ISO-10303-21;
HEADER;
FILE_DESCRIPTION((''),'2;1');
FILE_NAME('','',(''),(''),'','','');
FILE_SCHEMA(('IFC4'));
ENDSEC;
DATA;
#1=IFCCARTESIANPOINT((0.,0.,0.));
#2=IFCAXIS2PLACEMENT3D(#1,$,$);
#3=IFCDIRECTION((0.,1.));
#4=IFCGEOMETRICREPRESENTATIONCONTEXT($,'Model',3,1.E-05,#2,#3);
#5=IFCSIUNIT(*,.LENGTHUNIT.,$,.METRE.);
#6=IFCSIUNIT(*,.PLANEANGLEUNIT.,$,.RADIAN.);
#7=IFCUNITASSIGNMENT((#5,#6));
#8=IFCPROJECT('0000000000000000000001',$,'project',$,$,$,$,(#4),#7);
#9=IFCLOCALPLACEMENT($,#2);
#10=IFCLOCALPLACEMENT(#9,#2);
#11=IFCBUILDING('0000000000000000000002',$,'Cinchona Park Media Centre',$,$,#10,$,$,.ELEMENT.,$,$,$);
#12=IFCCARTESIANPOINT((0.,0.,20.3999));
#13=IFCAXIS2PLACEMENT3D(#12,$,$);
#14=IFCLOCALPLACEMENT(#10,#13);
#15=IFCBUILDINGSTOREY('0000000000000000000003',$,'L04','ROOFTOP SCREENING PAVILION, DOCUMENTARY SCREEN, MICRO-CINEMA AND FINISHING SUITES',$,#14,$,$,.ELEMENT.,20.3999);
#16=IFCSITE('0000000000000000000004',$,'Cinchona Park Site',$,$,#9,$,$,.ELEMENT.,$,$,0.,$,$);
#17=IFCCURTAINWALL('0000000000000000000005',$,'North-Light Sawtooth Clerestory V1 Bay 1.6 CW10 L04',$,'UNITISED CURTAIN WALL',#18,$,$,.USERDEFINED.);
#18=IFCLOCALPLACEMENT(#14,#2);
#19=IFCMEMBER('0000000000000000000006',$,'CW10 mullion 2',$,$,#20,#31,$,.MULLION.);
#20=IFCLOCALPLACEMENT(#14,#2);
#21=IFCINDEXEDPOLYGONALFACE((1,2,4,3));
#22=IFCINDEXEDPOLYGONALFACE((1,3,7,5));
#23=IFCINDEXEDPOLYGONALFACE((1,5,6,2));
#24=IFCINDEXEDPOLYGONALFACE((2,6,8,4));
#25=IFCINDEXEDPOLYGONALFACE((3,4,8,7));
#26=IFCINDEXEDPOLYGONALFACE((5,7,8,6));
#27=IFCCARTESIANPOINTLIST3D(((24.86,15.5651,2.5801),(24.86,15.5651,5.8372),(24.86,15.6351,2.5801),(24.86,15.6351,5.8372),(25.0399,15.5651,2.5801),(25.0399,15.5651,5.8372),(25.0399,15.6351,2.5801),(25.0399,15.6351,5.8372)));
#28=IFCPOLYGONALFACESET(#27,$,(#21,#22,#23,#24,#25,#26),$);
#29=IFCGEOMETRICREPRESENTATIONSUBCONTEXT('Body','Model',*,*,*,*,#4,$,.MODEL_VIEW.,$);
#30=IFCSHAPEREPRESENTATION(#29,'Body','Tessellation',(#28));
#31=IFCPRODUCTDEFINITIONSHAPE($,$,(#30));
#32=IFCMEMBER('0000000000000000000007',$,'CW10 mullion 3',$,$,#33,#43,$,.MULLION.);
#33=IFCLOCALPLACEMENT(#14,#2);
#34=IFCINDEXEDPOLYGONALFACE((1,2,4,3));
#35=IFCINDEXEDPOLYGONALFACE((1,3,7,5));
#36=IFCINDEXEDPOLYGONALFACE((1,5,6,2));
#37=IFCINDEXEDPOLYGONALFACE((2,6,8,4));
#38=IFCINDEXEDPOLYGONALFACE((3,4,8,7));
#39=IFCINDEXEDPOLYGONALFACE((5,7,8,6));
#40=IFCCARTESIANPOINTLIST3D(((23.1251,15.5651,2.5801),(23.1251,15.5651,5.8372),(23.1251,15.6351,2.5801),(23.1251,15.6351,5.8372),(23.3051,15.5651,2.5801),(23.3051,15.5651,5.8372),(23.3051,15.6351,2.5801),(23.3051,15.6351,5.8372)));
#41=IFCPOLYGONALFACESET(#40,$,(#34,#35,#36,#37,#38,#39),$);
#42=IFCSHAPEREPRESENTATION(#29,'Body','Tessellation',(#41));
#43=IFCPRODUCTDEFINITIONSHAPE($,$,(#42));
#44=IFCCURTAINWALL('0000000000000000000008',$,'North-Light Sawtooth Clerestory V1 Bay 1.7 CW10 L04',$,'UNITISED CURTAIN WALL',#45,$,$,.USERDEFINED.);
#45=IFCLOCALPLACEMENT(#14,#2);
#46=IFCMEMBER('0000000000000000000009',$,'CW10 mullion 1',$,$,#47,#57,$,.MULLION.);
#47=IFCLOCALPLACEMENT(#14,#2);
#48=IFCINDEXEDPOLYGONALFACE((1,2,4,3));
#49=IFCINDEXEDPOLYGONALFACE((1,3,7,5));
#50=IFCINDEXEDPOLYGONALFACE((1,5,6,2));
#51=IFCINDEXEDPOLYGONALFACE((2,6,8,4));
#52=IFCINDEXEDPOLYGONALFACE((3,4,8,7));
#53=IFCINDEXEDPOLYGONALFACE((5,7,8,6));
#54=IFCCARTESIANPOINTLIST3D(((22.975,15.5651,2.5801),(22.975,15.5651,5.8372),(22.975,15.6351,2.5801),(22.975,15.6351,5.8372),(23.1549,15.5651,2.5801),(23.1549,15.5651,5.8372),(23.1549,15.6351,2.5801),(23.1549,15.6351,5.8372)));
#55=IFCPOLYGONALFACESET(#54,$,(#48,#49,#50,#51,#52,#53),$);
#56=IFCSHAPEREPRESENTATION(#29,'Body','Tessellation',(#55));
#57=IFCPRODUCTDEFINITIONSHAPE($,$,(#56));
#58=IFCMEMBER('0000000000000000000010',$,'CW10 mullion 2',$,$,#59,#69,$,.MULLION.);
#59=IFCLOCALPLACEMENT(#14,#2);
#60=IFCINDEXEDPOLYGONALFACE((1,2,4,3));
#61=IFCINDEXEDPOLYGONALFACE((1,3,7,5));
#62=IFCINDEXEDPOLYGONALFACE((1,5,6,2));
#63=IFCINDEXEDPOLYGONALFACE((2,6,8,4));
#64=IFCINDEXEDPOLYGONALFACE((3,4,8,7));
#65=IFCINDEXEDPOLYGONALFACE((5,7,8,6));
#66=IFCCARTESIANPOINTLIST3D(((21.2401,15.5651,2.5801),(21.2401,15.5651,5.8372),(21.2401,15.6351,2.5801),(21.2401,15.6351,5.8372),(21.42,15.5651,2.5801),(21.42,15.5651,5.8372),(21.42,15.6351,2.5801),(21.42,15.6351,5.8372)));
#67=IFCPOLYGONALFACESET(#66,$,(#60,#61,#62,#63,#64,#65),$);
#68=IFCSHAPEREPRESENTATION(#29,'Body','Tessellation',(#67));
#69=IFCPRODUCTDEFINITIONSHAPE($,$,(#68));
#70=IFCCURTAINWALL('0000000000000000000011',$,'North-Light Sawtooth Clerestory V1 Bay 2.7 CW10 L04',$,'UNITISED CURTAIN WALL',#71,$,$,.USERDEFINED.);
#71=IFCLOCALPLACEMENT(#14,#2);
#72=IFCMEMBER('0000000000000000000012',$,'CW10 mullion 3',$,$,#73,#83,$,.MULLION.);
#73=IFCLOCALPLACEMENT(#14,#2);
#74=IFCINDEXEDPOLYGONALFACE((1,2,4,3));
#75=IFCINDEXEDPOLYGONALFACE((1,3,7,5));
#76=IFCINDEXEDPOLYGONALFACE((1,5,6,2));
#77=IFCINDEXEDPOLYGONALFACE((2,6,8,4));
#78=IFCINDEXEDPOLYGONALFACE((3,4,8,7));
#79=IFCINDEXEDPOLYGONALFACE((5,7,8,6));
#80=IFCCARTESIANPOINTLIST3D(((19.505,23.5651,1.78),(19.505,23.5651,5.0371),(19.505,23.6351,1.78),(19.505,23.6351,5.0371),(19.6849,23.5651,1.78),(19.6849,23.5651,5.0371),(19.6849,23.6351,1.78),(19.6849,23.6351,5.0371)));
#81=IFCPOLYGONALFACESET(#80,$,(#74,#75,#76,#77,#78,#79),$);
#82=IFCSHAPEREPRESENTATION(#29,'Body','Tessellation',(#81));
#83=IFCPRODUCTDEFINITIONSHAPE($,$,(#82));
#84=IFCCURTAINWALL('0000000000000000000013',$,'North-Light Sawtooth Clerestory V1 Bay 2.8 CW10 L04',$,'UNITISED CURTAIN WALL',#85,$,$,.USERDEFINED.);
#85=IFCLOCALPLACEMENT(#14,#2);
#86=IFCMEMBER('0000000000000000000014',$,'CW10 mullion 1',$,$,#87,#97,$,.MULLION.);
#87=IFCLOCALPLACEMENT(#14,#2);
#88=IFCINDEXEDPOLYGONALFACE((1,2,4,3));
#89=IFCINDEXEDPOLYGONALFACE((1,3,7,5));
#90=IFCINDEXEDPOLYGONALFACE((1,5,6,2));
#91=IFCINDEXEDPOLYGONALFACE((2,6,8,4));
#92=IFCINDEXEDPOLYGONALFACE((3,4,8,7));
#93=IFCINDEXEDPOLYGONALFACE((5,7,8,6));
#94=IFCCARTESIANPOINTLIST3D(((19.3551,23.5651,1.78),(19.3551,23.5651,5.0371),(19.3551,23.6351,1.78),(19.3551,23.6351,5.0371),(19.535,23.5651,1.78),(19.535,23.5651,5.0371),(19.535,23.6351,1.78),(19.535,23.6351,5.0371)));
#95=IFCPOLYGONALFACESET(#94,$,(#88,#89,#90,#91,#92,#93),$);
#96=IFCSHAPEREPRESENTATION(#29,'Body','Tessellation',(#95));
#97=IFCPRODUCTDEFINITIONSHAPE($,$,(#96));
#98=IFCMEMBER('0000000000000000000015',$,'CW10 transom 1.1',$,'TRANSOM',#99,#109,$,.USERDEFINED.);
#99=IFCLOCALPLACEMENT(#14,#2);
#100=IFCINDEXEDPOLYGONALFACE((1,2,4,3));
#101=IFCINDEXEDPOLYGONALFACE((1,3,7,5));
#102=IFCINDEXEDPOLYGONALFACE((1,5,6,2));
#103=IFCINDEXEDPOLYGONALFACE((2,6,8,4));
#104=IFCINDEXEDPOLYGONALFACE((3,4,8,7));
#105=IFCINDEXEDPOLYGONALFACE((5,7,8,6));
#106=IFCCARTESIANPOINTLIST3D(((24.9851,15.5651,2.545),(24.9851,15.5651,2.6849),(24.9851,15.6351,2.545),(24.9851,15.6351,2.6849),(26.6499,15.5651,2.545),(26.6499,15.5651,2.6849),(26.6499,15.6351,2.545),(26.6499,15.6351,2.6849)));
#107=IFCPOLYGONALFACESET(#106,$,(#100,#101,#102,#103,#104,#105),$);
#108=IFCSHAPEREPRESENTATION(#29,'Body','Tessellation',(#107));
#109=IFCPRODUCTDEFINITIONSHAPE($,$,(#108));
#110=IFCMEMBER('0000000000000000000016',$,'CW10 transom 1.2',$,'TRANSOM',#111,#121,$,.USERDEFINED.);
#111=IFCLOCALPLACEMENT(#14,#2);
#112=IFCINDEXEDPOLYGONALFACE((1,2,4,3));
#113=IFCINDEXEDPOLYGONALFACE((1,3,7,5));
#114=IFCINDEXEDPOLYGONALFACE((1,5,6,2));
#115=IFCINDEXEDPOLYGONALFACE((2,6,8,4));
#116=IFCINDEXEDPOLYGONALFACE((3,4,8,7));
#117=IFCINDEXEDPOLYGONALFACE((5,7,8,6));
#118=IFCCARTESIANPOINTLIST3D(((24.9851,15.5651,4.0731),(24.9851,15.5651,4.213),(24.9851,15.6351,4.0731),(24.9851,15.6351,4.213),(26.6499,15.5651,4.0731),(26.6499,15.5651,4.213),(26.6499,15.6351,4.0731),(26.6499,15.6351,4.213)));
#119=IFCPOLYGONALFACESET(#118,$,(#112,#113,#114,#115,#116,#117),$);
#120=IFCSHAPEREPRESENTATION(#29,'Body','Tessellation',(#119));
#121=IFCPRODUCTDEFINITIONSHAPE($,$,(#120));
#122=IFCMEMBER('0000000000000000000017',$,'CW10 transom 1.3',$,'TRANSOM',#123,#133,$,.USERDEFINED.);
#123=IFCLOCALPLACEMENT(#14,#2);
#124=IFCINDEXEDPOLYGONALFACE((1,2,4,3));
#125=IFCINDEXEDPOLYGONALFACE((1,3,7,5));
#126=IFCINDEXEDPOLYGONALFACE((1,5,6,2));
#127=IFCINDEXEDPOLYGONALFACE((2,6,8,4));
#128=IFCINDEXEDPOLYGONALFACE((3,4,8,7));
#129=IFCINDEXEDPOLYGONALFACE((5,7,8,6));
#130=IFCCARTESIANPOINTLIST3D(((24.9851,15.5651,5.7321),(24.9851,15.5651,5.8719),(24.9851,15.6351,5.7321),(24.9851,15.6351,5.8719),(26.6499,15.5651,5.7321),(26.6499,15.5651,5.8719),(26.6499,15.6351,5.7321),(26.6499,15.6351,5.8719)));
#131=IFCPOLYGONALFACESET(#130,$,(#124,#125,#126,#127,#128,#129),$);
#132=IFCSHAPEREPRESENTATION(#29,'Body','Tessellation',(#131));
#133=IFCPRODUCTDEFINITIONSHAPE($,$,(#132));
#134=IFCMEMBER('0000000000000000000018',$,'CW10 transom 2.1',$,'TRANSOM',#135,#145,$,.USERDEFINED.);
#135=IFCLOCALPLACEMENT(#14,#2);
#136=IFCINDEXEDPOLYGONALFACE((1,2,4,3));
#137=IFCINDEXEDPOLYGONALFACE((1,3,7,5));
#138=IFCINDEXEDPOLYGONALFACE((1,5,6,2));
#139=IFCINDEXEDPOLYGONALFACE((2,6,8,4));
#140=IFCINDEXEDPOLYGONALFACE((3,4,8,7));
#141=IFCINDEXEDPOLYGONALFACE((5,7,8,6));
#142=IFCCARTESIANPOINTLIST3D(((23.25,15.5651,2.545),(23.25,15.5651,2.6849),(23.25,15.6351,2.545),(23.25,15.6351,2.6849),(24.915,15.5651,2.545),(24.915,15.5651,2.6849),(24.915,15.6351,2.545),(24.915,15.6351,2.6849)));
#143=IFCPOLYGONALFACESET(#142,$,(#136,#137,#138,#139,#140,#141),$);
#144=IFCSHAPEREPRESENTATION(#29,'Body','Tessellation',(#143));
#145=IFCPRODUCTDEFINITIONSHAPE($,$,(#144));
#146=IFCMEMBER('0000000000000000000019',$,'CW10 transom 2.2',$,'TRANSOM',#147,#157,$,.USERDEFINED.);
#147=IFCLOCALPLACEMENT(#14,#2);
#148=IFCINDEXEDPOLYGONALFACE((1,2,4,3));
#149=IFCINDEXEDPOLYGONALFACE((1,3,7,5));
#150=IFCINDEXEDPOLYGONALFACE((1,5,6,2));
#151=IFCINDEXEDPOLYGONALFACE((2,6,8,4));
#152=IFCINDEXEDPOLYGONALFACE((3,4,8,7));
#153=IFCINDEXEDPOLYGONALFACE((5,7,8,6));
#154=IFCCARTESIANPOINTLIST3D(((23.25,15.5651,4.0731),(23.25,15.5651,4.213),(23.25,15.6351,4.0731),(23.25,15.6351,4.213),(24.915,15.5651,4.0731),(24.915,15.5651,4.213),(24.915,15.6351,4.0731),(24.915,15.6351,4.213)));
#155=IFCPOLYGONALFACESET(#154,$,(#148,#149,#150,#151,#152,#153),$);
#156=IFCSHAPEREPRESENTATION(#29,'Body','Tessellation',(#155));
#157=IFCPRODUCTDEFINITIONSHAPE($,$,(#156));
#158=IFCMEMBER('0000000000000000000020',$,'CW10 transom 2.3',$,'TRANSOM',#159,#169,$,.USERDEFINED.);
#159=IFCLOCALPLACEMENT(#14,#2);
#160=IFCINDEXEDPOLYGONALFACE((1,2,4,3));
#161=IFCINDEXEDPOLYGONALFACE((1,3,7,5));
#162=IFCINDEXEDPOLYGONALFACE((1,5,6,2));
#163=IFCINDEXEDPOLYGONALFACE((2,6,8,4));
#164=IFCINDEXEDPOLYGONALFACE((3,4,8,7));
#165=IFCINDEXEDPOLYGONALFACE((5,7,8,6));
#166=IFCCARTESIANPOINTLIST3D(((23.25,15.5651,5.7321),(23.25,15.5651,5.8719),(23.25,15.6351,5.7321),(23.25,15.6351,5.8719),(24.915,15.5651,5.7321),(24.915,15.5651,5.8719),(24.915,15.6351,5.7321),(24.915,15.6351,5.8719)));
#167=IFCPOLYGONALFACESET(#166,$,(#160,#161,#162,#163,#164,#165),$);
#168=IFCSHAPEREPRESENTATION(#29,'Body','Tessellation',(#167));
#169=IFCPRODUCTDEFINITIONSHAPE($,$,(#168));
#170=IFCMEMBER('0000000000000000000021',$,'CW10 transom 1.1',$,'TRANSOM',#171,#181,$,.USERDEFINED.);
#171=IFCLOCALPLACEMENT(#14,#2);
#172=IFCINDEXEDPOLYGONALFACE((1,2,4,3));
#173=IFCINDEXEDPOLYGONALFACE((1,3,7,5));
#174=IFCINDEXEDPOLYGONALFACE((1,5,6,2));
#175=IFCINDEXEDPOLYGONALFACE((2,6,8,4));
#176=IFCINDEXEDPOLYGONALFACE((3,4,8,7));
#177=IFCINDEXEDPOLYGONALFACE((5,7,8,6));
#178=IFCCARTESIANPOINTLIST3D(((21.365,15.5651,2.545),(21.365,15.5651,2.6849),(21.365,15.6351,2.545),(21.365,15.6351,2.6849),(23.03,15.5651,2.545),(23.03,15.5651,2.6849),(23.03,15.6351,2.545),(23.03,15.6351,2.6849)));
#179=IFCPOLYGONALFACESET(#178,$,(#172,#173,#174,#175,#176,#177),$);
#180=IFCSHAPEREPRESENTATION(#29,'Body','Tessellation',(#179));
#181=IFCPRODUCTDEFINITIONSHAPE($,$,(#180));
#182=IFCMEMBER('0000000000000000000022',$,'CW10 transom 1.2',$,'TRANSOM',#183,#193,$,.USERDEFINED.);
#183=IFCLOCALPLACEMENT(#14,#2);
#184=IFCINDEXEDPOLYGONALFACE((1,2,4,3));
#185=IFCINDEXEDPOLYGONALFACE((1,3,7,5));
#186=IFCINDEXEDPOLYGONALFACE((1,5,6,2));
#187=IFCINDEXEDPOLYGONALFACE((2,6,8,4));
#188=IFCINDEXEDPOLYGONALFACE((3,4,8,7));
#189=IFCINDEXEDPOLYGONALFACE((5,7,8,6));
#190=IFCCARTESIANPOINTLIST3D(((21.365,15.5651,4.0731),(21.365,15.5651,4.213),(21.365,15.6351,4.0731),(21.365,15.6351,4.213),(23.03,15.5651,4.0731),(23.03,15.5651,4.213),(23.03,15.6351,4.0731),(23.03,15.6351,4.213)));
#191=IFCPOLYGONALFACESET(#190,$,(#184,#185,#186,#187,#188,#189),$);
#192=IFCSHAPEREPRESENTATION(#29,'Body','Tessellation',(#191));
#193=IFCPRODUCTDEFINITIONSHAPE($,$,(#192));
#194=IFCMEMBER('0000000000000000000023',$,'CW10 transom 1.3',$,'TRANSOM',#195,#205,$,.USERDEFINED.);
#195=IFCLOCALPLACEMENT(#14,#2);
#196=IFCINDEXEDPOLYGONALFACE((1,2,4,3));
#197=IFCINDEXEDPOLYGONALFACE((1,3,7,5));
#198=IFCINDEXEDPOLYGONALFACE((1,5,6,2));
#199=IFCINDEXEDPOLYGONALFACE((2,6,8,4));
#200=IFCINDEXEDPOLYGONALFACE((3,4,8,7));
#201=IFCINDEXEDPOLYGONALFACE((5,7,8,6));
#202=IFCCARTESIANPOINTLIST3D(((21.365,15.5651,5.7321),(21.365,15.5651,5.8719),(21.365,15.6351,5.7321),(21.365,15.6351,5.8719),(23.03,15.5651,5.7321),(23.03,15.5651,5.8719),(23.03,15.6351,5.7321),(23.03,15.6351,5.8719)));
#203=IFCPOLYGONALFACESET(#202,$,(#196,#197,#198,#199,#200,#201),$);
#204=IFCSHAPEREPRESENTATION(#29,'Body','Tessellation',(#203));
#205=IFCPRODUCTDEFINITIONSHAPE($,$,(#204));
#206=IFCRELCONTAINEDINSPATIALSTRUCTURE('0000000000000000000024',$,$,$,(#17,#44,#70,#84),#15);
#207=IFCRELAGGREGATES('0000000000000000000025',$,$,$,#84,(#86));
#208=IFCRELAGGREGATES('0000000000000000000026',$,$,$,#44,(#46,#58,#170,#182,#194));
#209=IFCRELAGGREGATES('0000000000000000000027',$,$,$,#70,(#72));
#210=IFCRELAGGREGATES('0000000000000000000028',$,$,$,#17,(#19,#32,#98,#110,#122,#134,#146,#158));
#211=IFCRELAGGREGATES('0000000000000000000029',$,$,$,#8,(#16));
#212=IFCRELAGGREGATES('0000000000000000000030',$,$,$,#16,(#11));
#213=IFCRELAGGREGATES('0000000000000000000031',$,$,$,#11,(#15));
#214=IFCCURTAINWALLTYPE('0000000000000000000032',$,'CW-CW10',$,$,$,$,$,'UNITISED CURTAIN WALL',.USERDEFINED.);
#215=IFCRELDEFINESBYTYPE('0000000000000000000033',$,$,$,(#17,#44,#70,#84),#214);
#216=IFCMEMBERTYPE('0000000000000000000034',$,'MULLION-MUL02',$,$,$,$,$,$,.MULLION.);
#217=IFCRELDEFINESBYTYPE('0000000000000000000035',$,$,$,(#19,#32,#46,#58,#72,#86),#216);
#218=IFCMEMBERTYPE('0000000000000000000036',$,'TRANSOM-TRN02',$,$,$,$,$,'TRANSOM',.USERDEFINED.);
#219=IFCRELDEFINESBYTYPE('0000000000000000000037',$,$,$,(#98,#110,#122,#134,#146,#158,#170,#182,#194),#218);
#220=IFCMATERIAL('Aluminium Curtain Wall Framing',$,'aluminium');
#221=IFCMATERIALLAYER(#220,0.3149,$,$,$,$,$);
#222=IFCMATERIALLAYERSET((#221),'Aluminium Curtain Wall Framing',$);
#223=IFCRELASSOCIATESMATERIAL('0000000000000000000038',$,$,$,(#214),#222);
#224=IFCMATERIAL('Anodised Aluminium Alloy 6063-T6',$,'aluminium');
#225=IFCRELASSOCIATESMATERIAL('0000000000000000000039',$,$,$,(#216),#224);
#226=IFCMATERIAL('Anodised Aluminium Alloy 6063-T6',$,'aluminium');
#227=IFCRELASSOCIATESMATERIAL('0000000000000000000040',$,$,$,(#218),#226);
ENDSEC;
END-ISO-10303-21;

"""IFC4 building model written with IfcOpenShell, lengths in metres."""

from ifc_helpers import new_model, si_unit, direction, frame, origin, origin_2d, place, context, subcontext, project, spatial, rectangle, extrude, material, layer, layer_set, material_profile, profile_set, type_object, element, aggregate, save


model = new_model("IFC4")

# Units and contexts
model_context = context("Model", 3, precision=1e-05, world=origin(), true_north=direction((0.0, 1.0)))
body_context = subcontext(model_context, "Body", "Model", "MODEL_VIEW")
ifc_project = project(units=[si_unit("LENGTHUNIT", "METRE"), si_unit("PLANEANGLEUNIT", "RADIAN")], contexts=[model_context])

# Site, building, storey
site_placement = place(None, origin())
site = spatial("IfcSite", under=ifc_project, at=site_placement, Name="Cinchona Park Site", CompositionType="ELEMENT", RefElevation=0.0)
building_placement = place(site_placement, origin())
building = spatial("IfcBuilding", under=site, at=building_placement, Name="Cinchona Park Media Centre", CompositionType="ELEMENT")
storey_placement = place(building_placement, frame((0.0, 0.0, 20.3999)))
storey = spatial("IfcBuildingStorey", under=building, at=storey_placement, Name="L04", Description="ROOFTOP SCREENING PAVILION, DOCUMENTARY SCREEN, MICRO-CINEMA AND FINISHING SUITES", CompositionType="ELEMENT", Elevation=20.3999)

# Curtain walls, members
ifc_material_1 = material(Name="Aluminium Curtain Wall Framing", Category="aluminium")
ifc_layer_1 = layer(ifc_material_1, 0.3149)
ifc_layer_set_1 = layer_set([ifc_layer_1], Name="Aluminium Curtain Wall Framing")
curtain_wall_type = type_object("IfcCurtainWallType", Name="CW-CW10", ElementType="UNITISED CURTAIN WALL", PredefinedType="USERDEFINED", material=ifc_layer_set_1)
curtain_wall_1_placement = place(storey_placement, origin())
curtain_wall_1 = element("IfcCurtainWall", 1, at=curtain_wall_1_placement, inside=storey, type_object=curtain_wall_type, Name="North-Light Sawtooth Clerestory V1 Bay 1.6 CW10 L04", ObjectType="UNITISED CURTAIN WALL", PredefinedType="USERDEFINED")
ifc_material_2 = material(Name="Anodised Aluminium Alloy 6063-T6", Category="aluminium")
ifc_material_profile_1 = material_profile(ifc_material_2, rectangle(XDim=0.0701, YDim=0.1799, at=origin_2d()), Name="MUL-70X180")
ifc_profile_set_1 = profile_set([ifc_material_profile_1], Name="Anodised Aluminium Alloy 6063-T6")
member_type_1 = type_object("IfcMemberType", Name="MULLION-MUL02", PredefinedType="MULLION", material=ifc_profile_set_1)
member_1_placement = place(storey_placement, frame((24.95, 15.6001, 2.5801), z_axis=(0.0, 0.0, 1.0), x_axis=(0.0, -1.0, 0.0)))
member_1 = element("IfcMember", 2, at=member_1_placement, type_object=member_type_1, Name="CW10 mullion 2", PredefinedType="MULLION", context=body_context, shape_type="SweptSolid", body=[
    extrude(rectangle(XDim=0.0701, YDim=0.1799, at=origin_2d()), origin(), (0.0, 0.0, 1.0), 3.2571),
])
member_2_placement = place(storey_placement, frame((23.2151, 15.6001, 2.5801), z_axis=(0.0, 0.0, 1.0), x_axis=(0.0, -1.0, 0.0)))
member_2 = element("IfcMember", 3, at=member_2_placement, type_object=member_type_1, Name="CW10 mullion 3", PredefinedType="MULLION", context=body_context, shape_type="SweptSolid", body=[
    extrude(rectangle(XDim=0.0701, YDim=0.1799, at=origin_2d()), origin(), (0.0, 0.0, 1.0), 3.2571),
])
curtain_wall_2_placement = place(storey_placement, origin())
curtain_wall_2 = element("IfcCurtainWall", 4, at=curtain_wall_2_placement, inside=storey, type_object=curtain_wall_type, Name="North-Light Sawtooth Clerestory V1 Bay 1.7 CW10 L04", ObjectType="UNITISED CURTAIN WALL", PredefinedType="USERDEFINED")
member_3_placement = place(storey_placement, frame((23.0649, 15.6001, 2.5801), z_axis=(0.0, 0.0, 1.0), x_axis=(0.0, -1.0, 0.0)))
member_3 = element("IfcMember", 5, at=member_3_placement, type_object=member_type_1, Name="CW10 mullion 1", PredefinedType="MULLION", context=body_context, shape_type="SweptSolid", body=[
    extrude(rectangle(XDim=0.0701, YDim=0.1799, at=origin_2d()), origin(), (0.0, 0.0, 1.0), 3.2571),
])
member_4_placement = place(storey_placement, frame((21.3301, 15.6001, 2.5801), z_axis=(0.0, 0.0, 1.0), x_axis=(0.0, -1.0, 0.0)))
member_4 = element("IfcMember", 6, at=member_4_placement, type_object=member_type_1, Name="CW10 mullion 2", PredefinedType="MULLION", context=body_context, shape_type="SweptSolid", body=[
    extrude(rectangle(XDim=0.0701, YDim=0.1799, at=origin_2d()), origin(), (0.0, 0.0, 1.0), 3.2571),
])

# Curtain walls, members
curtain_wall_3_placement = place(storey_placement, origin())
curtain_wall_3 = element("IfcCurtainWall", 7, at=curtain_wall_3_placement, inside=storey, type_object=curtain_wall_type, Name="North-Light Sawtooth Clerestory V1 Bay 2.7 CW10 L04", ObjectType="UNITISED CURTAIN WALL", PredefinedType="USERDEFINED")
member_5_placement = place(storey_placement, frame((19.595, 23.6001, 1.78), z_axis=(0.0, 0.0, 1.0), x_axis=(0.0, -1.0, 0.0)))
member_5 = element("IfcMember", 8, at=member_5_placement, type_object=member_type_1, Name="CW10 mullion 3", PredefinedType="MULLION", context=body_context, shape_type="SweptSolid", body=[
    extrude(rectangle(XDim=0.0701, YDim=0.1799, at=origin_2d()), origin(), (0.0, 0.0, 1.0), 3.2571),
])
curtain_wall_4_placement = place(storey_placement, origin())
curtain_wall_4 = element("IfcCurtainWall", 9, at=curtain_wall_4_placement, inside=storey, type_object=curtain_wall_type, Name="North-Light Sawtooth Clerestory V1 Bay 2.8 CW10 L04", ObjectType="UNITISED CURTAIN WALL", PredefinedType="USERDEFINED")
member_6_placement = place(storey_placement, frame((19.4451, 23.6001, 1.78), z_axis=(0.0, 0.0, 1.0), x_axis=(0.0, -1.0, 0.0)))
member_6 = element("IfcMember", 10, at=member_6_placement, type_object=member_type_1, Name="CW10 mullion 1", PredefinedType="MULLION", context=body_context, shape_type="SweptSolid", body=[
    extrude(rectangle(XDim=0.0701, YDim=0.1799, at=origin_2d()), origin(), (0.0, 0.0, 1.0), 3.2571),
])

# Members
ifc_material_3 = material(Name="Anodised Aluminium Alloy 6063-T6", Category="aluminium")
ifc_material_profile_2 = material_profile(ifc_material_3, rectangle(XDim=0.0701, YDim=0.1399, at=origin_2d()), Name="TRN-70X140")
ifc_profile_set_2 = profile_set([ifc_material_profile_2], Name="Anodised Aluminium Alloy 6063-T6")
member_type_2 = type_object("IfcMemberType", Name="TRANSOM-TRN02", ElementType="TRANSOM", PredefinedType="USERDEFINED", material=ifc_profile_set_2)
member_7_placement = place(storey_placement, frame((26.6499, 15.6001, 2.615), z_axis=(-1.0, 0.0, 0.0), x_axis=(0.0, -1.0, 0.0)))
member_7 = element("IfcMember", 11, at=member_7_placement, type_object=member_type_2, Name="CW10 transom 1.1", ObjectType="TRANSOM", PredefinedType="USERDEFINED", context=body_context, shape_type="SweptSolid", body=[
    extrude(rectangle(XDim=0.0701, YDim=0.1399, at=origin_2d()), origin(), (0.0, 0.0, 1.0), 1.6648),
])
member_8_placement = place(storey_placement, frame((26.6499, 15.6001, 4.1431), z_axis=(-1.0, 0.0, 0.0), x_axis=(0.0, -1.0, 0.0)))
member_8 = element("IfcMember", 12, at=member_8_placement, type_object=member_type_2, Name="CW10 transom 1.2", ObjectType="TRANSOM", PredefinedType="USERDEFINED", context=body_context, shape_type="SweptSolid", body=[
    extrude(rectangle(XDim=0.0701, YDim=0.1399, at=origin_2d()), origin(), (0.0, 0.0, 1.0), 1.6648),
])
member_9_placement = place(storey_placement, frame((26.6499, 15.6001, 5.802), z_axis=(-1.0, 0.0, 0.0), x_axis=(0.0, -1.0, 0.0)))
member_9 = element("IfcMember", 13, at=member_9_placement, type_object=member_type_2, Name="CW10 transom 1.3", ObjectType="TRANSOM", PredefinedType="USERDEFINED", context=body_context, shape_type="SweptSolid", body=[
    extrude(rectangle(XDim=0.0701, YDim=0.1399, at=origin_2d()), origin(), (0.0, 0.0, 1.0), 1.6648),
])
member_10_placement = place(storey_placement, frame((24.915, 15.6001, 2.615), z_axis=(-1.0, 0.0, 0.0), x_axis=(0.0, -1.0, 0.0)))
member_10 = element("IfcMember", 14, at=member_10_placement, type_object=member_type_2, Name="CW10 transom 2.1", ObjectType="TRANSOM", PredefinedType="USERDEFINED", context=body_context, shape_type="SweptSolid", body=[
    extrude(rectangle(XDim=0.0701, YDim=0.1399, at=origin_2d()), origin(), (0.0, 0.0, 1.0), 1.665),
])
member_11_placement = place(storey_placement, frame((24.915, 15.6001, 4.1431), z_axis=(-1.0, 0.0, 0.0), x_axis=(0.0, -1.0, 0.0)))
member_11 = element("IfcMember", 15, at=member_11_placement, type_object=member_type_2, Name="CW10 transom 2.2", ObjectType="TRANSOM", PredefinedType="USERDEFINED", context=body_context, shape_type="SweptSolid", body=[
    extrude(rectangle(XDim=0.0701, YDim=0.1399, at=origin_2d()), origin(), (0.0, 0.0, 1.0), 1.665),
])
member_12_placement = place(storey_placement, frame((24.915, 15.6001, 5.802), z_axis=(-1.0, 0.0, 0.0), x_axis=(0.0, -1.0, 0.0)))
member_12 = element("IfcMember", 16, at=member_12_placement, type_object=member_type_2, Name="CW10 transom 2.3", ObjectType="TRANSOM", PredefinedType="USERDEFINED", context=body_context, shape_type="SweptSolid", body=[
    extrude(rectangle(XDim=0.0701, YDim=0.1399, at=origin_2d()), origin(), (0.0, 0.0, 1.0), 1.665),
])
member_13_placement = place(storey_placement, frame((23.03, 15.6001, 2.615), z_axis=(-1.0, 0.0, 0.0), x_axis=(0.0, -1.0, 0.0)))
member_13 = element("IfcMember", 17, at=member_13_placement, type_object=member_type_2, Name="CW10 transom 1.1", ObjectType="TRANSOM", PredefinedType="USERDEFINED", context=body_context, shape_type="SweptSolid", body=[
    extrude(rectangle(XDim=0.0701, YDim=0.1399, at=origin_2d()), origin(), (0.0, 0.0, 1.0), 1.665),
])
member_14_placement = place(storey_placement, frame((23.03, 15.6001, 4.1431), z_axis=(-1.0, 0.0, 0.0), x_axis=(0.0, -1.0, 0.0)))
member_14 = element("IfcMember", 18, at=member_14_placement, type_object=member_type_2, Name="CW10 transom 1.2", ObjectType="TRANSOM", PredefinedType="USERDEFINED", context=body_context, shape_type="SweptSolid", body=[
    extrude(rectangle(XDim=0.0701, YDim=0.1399, at=origin_2d()), origin(), (0.0, 0.0, 1.0), 1.665),
])
member_15_placement = place(storey_placement, frame((23.03, 15.6001, 5.802), z_axis=(-1.0, 0.0, 0.0), x_axis=(0.0, -1.0, 0.0)))
member_15 = element("IfcMember", 19, at=member_15_placement, type_object=member_type_2, Name="CW10 transom 1.3", ObjectType="TRANSOM", PredefinedType="USERDEFINED", context=body_context, shape_type="SweptSolid", body=[
    extrude(rectangle(XDim=0.0701, YDim=0.1399, at=origin_2d()), origin(), (0.0, 0.0, 1.0), 1.665),
])
aggregate(curtain_wall_4, [member_6])

aggregate(curtain_wall_2, [member_3, member_4, member_13, member_14, member_15])
aggregate(curtain_wall_3, [member_5])
aggregate(curtain_wall_1, [member_1, member_2, member_7, member_8, member_9, member_10, member_11, member_12])

save(model, "model.ifc")
